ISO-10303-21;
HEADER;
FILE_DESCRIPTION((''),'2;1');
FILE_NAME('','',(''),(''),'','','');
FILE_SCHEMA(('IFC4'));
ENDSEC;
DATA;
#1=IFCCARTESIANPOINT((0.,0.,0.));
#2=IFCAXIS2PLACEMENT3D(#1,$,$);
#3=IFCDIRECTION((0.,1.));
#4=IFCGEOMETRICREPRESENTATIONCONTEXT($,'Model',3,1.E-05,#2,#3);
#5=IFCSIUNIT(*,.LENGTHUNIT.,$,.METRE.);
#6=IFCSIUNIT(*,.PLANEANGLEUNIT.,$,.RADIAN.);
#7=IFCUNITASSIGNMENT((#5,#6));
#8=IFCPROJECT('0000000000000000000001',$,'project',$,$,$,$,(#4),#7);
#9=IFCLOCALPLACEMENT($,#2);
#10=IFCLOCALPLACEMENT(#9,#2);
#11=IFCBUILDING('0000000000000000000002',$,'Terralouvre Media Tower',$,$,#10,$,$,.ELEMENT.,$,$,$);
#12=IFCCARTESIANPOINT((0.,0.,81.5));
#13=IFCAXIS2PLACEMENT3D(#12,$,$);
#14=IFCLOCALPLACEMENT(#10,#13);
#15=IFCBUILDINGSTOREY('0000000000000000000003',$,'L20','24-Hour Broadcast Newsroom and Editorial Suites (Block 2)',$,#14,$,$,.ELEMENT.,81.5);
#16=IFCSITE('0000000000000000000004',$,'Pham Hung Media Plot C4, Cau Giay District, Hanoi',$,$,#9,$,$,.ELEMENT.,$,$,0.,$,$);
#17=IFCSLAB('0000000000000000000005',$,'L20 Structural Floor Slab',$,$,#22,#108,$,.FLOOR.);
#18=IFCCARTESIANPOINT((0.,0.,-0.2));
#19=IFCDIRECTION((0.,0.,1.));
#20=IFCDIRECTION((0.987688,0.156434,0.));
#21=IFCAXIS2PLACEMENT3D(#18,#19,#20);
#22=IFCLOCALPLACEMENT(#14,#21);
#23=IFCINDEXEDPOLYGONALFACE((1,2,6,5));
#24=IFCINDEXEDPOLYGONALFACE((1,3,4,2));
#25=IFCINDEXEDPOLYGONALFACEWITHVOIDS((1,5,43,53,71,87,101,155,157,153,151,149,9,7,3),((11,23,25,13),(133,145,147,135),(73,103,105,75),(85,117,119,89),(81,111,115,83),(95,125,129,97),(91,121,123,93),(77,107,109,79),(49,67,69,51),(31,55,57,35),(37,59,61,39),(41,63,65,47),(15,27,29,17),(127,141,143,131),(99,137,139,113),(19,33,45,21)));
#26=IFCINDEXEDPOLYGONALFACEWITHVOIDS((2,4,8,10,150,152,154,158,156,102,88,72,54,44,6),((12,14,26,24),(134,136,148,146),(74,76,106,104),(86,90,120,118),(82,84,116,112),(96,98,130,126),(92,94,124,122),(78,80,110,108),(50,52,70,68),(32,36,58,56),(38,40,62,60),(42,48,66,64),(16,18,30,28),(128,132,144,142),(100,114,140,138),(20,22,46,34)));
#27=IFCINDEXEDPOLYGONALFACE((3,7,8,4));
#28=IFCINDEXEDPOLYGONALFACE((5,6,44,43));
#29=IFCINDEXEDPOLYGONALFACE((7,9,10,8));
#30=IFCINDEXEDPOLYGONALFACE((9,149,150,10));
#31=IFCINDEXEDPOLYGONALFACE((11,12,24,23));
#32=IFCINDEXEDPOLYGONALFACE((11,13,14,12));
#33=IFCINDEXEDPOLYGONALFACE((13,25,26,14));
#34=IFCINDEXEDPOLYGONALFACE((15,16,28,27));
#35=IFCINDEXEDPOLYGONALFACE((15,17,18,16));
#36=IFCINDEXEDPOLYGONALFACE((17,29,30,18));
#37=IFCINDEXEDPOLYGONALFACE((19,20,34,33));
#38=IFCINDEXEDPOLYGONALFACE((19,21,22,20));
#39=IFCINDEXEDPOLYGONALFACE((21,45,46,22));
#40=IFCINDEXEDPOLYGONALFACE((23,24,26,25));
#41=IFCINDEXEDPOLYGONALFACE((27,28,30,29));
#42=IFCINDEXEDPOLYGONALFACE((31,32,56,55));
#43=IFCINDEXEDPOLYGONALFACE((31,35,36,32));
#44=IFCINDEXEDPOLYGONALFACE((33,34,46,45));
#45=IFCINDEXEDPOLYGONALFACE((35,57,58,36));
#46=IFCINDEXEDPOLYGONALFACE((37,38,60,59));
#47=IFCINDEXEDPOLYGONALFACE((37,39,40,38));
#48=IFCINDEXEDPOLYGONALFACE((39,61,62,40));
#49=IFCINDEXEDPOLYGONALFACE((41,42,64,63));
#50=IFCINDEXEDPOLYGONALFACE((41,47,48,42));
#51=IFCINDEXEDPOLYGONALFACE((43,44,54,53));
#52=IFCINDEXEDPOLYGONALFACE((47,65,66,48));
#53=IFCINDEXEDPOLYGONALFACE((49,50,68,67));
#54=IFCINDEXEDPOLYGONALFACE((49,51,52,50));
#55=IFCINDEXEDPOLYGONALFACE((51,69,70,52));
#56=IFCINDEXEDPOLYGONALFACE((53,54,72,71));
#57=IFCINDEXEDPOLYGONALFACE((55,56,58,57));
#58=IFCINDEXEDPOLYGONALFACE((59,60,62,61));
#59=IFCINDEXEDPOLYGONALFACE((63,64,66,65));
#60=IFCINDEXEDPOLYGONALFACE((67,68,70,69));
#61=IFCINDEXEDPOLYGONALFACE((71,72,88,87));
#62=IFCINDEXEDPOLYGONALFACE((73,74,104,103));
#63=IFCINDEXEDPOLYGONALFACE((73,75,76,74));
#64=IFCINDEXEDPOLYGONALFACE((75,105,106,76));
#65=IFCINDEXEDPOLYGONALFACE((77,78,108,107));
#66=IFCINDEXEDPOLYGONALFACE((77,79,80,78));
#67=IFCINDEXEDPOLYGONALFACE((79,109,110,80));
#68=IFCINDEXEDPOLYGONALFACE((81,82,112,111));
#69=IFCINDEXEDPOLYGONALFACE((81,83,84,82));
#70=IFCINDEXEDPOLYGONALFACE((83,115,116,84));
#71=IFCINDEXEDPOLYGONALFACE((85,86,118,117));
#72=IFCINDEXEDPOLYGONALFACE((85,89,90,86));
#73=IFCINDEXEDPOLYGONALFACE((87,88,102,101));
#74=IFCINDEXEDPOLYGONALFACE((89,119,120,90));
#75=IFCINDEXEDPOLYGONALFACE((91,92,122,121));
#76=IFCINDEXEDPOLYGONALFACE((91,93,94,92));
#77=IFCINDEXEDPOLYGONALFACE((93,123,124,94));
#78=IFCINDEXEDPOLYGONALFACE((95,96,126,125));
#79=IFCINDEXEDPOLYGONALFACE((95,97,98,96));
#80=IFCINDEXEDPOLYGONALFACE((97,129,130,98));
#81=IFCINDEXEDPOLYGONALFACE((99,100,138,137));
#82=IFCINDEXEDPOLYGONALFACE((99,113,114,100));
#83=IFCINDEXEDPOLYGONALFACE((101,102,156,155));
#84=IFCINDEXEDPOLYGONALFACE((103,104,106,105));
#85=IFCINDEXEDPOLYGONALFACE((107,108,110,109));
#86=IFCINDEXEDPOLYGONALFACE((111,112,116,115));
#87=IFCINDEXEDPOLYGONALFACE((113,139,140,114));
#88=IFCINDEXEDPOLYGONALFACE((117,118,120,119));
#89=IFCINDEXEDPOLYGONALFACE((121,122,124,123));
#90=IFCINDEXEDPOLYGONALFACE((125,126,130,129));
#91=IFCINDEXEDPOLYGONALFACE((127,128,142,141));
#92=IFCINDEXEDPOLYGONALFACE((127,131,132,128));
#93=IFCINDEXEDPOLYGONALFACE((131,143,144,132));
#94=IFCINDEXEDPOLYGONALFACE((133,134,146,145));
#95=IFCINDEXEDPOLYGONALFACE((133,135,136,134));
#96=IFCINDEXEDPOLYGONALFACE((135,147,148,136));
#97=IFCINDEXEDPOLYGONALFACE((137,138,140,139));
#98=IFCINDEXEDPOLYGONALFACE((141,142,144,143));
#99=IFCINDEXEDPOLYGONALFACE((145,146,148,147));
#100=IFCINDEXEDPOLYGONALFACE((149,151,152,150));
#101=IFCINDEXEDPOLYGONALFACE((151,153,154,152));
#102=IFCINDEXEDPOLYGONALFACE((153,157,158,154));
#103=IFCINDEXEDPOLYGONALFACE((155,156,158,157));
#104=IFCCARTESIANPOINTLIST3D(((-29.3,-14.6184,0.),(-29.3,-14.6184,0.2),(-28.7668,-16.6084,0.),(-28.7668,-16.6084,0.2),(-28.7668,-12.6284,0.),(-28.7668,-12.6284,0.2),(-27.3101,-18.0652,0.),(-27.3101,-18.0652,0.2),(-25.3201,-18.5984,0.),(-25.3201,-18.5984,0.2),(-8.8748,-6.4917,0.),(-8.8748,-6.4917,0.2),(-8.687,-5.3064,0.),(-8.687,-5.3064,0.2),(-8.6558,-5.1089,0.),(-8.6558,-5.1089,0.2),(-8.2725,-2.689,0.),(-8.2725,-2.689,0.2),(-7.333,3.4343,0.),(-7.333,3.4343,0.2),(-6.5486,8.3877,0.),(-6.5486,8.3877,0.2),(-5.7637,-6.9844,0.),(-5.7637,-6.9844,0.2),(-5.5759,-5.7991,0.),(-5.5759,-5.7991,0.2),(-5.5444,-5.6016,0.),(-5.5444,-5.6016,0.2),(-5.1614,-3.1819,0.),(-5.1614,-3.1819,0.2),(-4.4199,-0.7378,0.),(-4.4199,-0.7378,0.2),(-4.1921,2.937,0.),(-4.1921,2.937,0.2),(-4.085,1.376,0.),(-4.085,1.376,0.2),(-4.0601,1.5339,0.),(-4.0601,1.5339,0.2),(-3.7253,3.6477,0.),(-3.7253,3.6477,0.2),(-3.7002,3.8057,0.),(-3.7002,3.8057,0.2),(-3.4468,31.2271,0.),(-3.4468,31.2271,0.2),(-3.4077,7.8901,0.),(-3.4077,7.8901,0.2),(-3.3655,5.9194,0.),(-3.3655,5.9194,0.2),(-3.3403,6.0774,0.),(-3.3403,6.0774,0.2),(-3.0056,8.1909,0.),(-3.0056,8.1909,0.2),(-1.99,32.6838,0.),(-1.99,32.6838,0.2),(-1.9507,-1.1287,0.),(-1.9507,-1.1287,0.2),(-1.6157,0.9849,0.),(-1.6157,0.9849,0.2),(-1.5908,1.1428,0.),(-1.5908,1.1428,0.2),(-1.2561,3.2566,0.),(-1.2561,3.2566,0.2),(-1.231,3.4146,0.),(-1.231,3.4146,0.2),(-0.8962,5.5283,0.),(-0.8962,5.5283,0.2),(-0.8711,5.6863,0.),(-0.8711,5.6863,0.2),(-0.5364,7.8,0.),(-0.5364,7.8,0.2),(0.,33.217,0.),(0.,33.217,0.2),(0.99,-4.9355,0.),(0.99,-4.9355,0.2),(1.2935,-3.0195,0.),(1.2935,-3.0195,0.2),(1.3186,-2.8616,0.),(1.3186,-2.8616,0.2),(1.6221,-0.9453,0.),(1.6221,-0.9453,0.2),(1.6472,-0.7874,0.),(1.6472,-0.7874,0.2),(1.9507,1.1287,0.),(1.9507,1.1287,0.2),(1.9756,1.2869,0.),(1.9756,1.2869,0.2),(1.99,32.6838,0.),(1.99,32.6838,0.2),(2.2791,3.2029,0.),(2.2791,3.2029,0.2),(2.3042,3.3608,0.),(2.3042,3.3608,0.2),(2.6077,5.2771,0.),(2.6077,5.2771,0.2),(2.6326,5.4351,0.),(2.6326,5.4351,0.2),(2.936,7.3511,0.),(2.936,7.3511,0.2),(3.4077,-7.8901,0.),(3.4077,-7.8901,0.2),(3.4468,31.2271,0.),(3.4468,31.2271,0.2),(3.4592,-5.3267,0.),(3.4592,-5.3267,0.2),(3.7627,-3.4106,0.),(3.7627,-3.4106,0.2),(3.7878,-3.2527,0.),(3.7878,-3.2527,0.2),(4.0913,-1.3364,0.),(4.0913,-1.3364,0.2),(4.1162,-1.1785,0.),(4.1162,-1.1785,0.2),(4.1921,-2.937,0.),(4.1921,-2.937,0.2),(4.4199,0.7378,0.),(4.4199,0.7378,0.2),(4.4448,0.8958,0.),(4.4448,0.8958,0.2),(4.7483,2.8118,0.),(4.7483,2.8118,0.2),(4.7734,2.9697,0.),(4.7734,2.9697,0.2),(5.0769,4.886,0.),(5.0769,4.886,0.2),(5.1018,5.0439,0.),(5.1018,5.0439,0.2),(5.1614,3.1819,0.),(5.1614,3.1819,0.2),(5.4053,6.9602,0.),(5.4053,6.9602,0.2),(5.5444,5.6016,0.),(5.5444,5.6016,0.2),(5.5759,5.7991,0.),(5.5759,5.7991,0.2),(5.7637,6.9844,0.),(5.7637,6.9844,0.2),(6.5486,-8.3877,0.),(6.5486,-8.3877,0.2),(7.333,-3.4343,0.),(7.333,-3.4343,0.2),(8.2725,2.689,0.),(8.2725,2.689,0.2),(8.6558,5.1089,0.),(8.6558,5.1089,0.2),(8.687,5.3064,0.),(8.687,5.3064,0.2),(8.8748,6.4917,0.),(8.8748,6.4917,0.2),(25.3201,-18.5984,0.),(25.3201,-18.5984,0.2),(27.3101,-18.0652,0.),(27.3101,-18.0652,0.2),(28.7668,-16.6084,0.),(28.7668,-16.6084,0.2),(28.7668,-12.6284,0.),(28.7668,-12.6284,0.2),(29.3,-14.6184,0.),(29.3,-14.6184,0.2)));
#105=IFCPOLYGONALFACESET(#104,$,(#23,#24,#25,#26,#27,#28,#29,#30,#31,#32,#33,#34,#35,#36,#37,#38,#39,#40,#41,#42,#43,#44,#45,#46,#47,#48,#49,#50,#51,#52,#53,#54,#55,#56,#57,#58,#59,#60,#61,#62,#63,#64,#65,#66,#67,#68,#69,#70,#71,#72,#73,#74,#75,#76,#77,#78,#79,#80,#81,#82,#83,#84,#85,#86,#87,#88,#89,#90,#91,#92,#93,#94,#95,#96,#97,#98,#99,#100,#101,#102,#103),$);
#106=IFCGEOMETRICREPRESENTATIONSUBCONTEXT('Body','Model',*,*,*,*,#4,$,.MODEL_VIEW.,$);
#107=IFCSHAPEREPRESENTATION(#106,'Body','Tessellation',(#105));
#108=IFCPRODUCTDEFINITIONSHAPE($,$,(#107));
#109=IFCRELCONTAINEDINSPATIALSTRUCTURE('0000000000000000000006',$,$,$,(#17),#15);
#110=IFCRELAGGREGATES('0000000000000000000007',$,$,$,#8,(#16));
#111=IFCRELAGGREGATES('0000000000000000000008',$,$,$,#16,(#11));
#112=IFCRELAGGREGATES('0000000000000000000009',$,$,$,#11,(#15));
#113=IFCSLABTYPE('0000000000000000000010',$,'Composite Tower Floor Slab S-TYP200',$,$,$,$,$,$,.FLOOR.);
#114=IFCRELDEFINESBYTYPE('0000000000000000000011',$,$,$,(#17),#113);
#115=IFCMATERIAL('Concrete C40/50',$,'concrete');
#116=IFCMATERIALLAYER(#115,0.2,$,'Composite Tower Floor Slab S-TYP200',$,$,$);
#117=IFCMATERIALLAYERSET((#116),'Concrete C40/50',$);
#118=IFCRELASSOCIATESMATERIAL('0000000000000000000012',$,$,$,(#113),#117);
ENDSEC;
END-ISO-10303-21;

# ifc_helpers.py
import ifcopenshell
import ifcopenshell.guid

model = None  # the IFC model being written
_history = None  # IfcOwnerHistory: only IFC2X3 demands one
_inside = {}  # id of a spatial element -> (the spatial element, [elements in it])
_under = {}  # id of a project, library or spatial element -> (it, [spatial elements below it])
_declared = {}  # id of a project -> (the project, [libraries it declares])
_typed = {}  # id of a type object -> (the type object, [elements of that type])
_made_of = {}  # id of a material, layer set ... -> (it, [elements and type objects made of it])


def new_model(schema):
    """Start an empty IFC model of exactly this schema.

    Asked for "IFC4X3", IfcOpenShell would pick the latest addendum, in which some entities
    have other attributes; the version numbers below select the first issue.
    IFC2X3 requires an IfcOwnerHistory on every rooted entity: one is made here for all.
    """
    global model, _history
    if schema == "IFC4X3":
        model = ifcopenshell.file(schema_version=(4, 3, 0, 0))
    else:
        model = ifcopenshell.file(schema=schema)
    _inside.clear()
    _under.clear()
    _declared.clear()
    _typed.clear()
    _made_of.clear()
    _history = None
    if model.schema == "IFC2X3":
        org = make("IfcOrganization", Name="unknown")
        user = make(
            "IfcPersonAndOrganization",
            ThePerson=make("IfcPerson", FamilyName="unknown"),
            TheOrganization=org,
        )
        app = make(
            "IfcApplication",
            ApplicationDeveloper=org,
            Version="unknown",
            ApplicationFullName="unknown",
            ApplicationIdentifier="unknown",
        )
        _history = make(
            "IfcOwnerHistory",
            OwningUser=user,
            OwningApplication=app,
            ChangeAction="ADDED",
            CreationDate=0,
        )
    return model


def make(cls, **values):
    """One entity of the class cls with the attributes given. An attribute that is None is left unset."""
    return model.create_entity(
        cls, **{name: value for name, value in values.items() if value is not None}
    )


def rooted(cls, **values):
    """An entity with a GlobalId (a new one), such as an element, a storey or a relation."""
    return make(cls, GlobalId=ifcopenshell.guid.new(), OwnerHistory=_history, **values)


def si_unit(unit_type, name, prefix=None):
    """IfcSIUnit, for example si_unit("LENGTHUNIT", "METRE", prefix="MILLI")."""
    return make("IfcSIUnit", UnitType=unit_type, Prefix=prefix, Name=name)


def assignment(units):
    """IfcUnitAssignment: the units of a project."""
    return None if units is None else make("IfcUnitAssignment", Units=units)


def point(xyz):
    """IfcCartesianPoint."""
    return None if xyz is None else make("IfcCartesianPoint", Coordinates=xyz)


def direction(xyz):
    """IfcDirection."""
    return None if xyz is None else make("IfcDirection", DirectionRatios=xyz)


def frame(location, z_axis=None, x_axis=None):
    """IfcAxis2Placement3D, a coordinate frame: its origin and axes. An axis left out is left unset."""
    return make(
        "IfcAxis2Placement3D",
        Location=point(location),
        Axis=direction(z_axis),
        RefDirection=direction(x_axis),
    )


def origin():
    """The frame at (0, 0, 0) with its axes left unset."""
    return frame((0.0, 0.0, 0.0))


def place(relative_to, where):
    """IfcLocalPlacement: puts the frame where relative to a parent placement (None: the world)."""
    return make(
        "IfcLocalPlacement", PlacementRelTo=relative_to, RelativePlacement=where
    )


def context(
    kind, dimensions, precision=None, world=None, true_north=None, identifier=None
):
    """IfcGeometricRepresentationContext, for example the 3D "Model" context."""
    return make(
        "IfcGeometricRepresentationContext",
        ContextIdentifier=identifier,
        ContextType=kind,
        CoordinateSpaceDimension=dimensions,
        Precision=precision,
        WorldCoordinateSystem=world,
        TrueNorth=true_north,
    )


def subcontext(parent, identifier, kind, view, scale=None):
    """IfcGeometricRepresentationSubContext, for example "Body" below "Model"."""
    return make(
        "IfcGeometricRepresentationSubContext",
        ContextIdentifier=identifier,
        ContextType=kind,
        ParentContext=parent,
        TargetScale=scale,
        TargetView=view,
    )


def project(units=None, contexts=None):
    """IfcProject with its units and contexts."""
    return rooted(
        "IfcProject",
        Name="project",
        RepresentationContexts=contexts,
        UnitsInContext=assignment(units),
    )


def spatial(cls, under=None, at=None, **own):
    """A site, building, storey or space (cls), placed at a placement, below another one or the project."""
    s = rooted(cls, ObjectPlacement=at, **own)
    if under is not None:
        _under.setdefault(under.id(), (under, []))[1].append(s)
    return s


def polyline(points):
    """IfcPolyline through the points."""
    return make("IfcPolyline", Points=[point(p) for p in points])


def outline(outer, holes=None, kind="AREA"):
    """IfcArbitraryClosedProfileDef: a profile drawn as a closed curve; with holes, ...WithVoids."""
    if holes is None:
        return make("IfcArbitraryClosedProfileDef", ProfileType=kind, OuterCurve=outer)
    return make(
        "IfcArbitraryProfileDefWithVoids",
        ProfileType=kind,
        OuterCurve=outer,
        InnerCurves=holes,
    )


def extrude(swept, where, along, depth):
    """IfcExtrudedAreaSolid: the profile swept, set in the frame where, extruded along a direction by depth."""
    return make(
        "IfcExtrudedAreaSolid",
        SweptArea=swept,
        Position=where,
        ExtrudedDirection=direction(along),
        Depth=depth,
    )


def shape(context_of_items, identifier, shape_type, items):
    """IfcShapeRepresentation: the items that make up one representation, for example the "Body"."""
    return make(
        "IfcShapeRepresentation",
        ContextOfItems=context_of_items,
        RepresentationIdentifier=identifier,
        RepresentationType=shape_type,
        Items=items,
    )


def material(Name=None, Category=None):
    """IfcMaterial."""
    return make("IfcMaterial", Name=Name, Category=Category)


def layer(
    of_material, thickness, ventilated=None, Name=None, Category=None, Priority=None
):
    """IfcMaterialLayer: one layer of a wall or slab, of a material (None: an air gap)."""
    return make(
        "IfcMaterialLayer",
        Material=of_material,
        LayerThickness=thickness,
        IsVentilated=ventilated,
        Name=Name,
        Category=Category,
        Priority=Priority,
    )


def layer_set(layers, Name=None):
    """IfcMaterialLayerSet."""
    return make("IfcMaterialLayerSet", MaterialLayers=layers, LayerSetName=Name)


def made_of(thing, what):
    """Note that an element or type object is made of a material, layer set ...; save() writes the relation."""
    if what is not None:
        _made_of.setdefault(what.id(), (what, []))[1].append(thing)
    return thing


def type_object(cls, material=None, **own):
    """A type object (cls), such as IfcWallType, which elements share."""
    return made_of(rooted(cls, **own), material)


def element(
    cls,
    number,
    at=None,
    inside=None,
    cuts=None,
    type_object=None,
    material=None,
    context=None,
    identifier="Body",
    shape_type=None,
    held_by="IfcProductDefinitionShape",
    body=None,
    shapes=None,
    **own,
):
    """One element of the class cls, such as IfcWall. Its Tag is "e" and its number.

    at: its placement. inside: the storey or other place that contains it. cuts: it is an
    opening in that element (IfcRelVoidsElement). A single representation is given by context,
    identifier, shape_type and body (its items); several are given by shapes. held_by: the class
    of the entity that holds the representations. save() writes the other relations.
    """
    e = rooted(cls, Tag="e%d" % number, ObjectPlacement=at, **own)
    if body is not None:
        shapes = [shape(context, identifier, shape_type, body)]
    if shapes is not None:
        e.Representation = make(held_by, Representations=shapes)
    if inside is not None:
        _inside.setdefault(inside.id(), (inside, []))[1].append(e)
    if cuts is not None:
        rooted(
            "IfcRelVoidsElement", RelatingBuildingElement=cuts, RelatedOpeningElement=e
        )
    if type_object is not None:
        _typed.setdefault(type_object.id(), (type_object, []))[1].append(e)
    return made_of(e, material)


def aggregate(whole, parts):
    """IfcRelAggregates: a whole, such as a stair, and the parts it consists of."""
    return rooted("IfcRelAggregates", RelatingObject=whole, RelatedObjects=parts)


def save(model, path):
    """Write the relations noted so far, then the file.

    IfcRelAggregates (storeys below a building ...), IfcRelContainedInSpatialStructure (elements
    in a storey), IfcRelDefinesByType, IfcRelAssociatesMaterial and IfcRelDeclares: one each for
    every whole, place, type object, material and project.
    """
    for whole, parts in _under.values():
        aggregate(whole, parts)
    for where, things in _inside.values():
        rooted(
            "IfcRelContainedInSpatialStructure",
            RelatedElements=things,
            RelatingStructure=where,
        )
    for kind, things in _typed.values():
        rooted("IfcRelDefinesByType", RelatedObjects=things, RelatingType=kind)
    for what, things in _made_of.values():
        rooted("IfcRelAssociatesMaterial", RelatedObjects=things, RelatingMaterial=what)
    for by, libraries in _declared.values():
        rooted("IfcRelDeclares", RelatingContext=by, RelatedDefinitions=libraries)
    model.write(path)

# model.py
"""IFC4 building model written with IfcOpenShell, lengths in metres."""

from ifc_helpers import new_model, si_unit, direction, frame, origin, place, context, subcontext, project, spatial, polyline, outline, extrude, material, layer, layer_set, type_object, element, save


model = new_model("IFC4")

# Units and contexts
model_context = context("Model", 3, precision=1e-05, world=origin(), true_north=direction((0.0, 1.0)))
body_context = subcontext(model_context, "Body", "Model", "MODEL_VIEW")
ifc_project = project(units=[si_unit("LENGTHUNIT", "METRE"), si_unit("PLANEANGLEUNIT", "RADIAN")], contexts=[model_context])

# Site, building, storey
site_placement = place(None, origin())
site = spatial("IfcSite", under=ifc_project, at=site_placement, Name="Pham Hung Media Plot C4, Cau Giay District, Hanoi", CompositionType="ELEMENT", RefElevation=0.0)
building_placement = place(site_placement, origin())
building = spatial("IfcBuilding", under=site, at=building_placement, Name="Terralouvre Media Tower", CompositionType="ELEMENT")
storey_placement = place(building_placement, frame((0.0, 0.0, 81.5)))
storey = spatial("IfcBuildingStorey", under=building, at=storey_placement, Name="L20", Description="24-Hour Broadcast Newsroom and Editorial Suites (Block 2)", CompositionType="ELEMENT", Elevation=81.5)

# Slab
ifc_material_1 = material(Name="Concrete C40/50", Category="concrete")
ifc_layer_1 = layer(ifc_material_1, 0.2, Name="Composite Tower Floor Slab S-TYP200")
ifc_layer_set_1 = layer_set([ifc_layer_1], Name="Concrete C40/50")
slab_type = type_object("IfcSlabType", Name="Composite Tower Floor Slab S-TYP200", PredefinedType="FLOOR", material=ifc_layer_set_1)
slab_placement = place(storey_placement, frame((0.0, 0.0, -0.2), z_axis=(0.0, 0.0, 1.0), x_axis=(0.987688, 0.156434, 0.0)))
element("IfcSlab", 1, at=slab_placement, inside=storey, type_object=slab_type, Name="L20 Structural Floor Slab", PredefinedType="FLOOR", context=body_context, shape_type="SweptSolid", body=[
    extrude(outline(polyline([(-28.7668, -12.6284), (-29.3, -14.6184), (-28.7668, -16.6084), (-27.3101, -18.0652), (-25.3201, -18.5984), (25.3201, -18.5984), (27.3101, -18.0652), (28.7668, -16.6084), (29.3, -14.6184), (28.7668, -12.6284), (3.4468, 31.2271), (1.99, 32.6838), (0.0, 33.217), (-1.99, 32.6838), (-3.4468, 31.2271), (-28.7668, -12.6284)]), holes=[polyline([(-5.7637, -6.9844), (-8.8748, -6.4917), (-8.687, -5.3064), (-5.5759, -5.7991), (-5.7637, -6.9844)]), polyline([(-5.5444, -5.6016), (-8.6558, -5.1089), (-8.2725, -2.689), (-5.1614, -3.1819), (-5.5444, -5.6016)]), polyline([(-1.9507, -1.1287), (-4.4199, -0.7378), (-4.085, 1.376), (-1.6157, 0.9849), (-1.9507, -1.1287)]), polyline([(-1.5908, 1.1428), (-4.0601, 1.5339), (-3.7253, 3.6477), (-1.2561, 3.2566), (-1.5908, 1.1428)]), polyline([(4.4448, 0.8958), (1.9756, 1.2869), (2.2791, 3.2029), (4.7483, 2.8118), (4.4448, 0.8958)]), polyline([(-1.231, 3.4146), (-3.7002, 3.8057), (-3.3655, 5.9194), (-0.8962, 5.5283), (-1.231, 3.4146)]), polyline([(-4.1921, 2.937), (-7.333, 3.4343), (-6.5486, 8.3877), (-3.4077, 7.8901), (-4.1921, 2.937)]), polyline([(-0.8711, 5.6863), (-3.3403, 6.0774), (-3.0056, 8.1909), (-0.5364, 7.8), (-0.8711, 5.6863)]), polyline([(4.1921, -2.937), (7.333, -3.4343), (6.5486, -8.3877), (3.4077, -7.8901), (4.1921, -2.937)]), polyline([(3.4592, -5.3267), (0.99, -4.9355), (1.2935, -3.0195), (3.7627, -3.4106), (3.4592, -5.3267)]), polyline([(3.7878, -3.2527), (1.3186, -2.8616), (1.6221, -0.9453), (4.0913, -1.3364), (3.7878, -3.2527)]), polyline([(4.1162, -1.1785), (1.6472, -0.7874), (1.9507, 1.1287), (4.4199, 0.7378), (4.1162, -1.1785)]), polyline([(4.7734, 2.9697), (2.3042, 3.3608), (2.6077, 5.2771), (5.0769, 4.886), (4.7734, 2.9697)]), polyline([(8.2725, 2.689), (5.1614, 3.1819), (5.5444, 5.6016), (8.6558, 5.1089), (8.2725, 2.689)]), polyline([(5.1018, 5.0439), (2.6326, 5.4351), (2.936, 7.3511), (5.4053, 6.9602), (5.1018, 5.0439)]), polyline([(8.687, 5.3064), (5.5759, 5.7991), (5.7637, 6.9844), (8.8748, 6.4917), (8.687, 5.3064)])]), origin(), (0.0, 0.0, 1.0), 0.2),
])

save(model, "model.ifc")
